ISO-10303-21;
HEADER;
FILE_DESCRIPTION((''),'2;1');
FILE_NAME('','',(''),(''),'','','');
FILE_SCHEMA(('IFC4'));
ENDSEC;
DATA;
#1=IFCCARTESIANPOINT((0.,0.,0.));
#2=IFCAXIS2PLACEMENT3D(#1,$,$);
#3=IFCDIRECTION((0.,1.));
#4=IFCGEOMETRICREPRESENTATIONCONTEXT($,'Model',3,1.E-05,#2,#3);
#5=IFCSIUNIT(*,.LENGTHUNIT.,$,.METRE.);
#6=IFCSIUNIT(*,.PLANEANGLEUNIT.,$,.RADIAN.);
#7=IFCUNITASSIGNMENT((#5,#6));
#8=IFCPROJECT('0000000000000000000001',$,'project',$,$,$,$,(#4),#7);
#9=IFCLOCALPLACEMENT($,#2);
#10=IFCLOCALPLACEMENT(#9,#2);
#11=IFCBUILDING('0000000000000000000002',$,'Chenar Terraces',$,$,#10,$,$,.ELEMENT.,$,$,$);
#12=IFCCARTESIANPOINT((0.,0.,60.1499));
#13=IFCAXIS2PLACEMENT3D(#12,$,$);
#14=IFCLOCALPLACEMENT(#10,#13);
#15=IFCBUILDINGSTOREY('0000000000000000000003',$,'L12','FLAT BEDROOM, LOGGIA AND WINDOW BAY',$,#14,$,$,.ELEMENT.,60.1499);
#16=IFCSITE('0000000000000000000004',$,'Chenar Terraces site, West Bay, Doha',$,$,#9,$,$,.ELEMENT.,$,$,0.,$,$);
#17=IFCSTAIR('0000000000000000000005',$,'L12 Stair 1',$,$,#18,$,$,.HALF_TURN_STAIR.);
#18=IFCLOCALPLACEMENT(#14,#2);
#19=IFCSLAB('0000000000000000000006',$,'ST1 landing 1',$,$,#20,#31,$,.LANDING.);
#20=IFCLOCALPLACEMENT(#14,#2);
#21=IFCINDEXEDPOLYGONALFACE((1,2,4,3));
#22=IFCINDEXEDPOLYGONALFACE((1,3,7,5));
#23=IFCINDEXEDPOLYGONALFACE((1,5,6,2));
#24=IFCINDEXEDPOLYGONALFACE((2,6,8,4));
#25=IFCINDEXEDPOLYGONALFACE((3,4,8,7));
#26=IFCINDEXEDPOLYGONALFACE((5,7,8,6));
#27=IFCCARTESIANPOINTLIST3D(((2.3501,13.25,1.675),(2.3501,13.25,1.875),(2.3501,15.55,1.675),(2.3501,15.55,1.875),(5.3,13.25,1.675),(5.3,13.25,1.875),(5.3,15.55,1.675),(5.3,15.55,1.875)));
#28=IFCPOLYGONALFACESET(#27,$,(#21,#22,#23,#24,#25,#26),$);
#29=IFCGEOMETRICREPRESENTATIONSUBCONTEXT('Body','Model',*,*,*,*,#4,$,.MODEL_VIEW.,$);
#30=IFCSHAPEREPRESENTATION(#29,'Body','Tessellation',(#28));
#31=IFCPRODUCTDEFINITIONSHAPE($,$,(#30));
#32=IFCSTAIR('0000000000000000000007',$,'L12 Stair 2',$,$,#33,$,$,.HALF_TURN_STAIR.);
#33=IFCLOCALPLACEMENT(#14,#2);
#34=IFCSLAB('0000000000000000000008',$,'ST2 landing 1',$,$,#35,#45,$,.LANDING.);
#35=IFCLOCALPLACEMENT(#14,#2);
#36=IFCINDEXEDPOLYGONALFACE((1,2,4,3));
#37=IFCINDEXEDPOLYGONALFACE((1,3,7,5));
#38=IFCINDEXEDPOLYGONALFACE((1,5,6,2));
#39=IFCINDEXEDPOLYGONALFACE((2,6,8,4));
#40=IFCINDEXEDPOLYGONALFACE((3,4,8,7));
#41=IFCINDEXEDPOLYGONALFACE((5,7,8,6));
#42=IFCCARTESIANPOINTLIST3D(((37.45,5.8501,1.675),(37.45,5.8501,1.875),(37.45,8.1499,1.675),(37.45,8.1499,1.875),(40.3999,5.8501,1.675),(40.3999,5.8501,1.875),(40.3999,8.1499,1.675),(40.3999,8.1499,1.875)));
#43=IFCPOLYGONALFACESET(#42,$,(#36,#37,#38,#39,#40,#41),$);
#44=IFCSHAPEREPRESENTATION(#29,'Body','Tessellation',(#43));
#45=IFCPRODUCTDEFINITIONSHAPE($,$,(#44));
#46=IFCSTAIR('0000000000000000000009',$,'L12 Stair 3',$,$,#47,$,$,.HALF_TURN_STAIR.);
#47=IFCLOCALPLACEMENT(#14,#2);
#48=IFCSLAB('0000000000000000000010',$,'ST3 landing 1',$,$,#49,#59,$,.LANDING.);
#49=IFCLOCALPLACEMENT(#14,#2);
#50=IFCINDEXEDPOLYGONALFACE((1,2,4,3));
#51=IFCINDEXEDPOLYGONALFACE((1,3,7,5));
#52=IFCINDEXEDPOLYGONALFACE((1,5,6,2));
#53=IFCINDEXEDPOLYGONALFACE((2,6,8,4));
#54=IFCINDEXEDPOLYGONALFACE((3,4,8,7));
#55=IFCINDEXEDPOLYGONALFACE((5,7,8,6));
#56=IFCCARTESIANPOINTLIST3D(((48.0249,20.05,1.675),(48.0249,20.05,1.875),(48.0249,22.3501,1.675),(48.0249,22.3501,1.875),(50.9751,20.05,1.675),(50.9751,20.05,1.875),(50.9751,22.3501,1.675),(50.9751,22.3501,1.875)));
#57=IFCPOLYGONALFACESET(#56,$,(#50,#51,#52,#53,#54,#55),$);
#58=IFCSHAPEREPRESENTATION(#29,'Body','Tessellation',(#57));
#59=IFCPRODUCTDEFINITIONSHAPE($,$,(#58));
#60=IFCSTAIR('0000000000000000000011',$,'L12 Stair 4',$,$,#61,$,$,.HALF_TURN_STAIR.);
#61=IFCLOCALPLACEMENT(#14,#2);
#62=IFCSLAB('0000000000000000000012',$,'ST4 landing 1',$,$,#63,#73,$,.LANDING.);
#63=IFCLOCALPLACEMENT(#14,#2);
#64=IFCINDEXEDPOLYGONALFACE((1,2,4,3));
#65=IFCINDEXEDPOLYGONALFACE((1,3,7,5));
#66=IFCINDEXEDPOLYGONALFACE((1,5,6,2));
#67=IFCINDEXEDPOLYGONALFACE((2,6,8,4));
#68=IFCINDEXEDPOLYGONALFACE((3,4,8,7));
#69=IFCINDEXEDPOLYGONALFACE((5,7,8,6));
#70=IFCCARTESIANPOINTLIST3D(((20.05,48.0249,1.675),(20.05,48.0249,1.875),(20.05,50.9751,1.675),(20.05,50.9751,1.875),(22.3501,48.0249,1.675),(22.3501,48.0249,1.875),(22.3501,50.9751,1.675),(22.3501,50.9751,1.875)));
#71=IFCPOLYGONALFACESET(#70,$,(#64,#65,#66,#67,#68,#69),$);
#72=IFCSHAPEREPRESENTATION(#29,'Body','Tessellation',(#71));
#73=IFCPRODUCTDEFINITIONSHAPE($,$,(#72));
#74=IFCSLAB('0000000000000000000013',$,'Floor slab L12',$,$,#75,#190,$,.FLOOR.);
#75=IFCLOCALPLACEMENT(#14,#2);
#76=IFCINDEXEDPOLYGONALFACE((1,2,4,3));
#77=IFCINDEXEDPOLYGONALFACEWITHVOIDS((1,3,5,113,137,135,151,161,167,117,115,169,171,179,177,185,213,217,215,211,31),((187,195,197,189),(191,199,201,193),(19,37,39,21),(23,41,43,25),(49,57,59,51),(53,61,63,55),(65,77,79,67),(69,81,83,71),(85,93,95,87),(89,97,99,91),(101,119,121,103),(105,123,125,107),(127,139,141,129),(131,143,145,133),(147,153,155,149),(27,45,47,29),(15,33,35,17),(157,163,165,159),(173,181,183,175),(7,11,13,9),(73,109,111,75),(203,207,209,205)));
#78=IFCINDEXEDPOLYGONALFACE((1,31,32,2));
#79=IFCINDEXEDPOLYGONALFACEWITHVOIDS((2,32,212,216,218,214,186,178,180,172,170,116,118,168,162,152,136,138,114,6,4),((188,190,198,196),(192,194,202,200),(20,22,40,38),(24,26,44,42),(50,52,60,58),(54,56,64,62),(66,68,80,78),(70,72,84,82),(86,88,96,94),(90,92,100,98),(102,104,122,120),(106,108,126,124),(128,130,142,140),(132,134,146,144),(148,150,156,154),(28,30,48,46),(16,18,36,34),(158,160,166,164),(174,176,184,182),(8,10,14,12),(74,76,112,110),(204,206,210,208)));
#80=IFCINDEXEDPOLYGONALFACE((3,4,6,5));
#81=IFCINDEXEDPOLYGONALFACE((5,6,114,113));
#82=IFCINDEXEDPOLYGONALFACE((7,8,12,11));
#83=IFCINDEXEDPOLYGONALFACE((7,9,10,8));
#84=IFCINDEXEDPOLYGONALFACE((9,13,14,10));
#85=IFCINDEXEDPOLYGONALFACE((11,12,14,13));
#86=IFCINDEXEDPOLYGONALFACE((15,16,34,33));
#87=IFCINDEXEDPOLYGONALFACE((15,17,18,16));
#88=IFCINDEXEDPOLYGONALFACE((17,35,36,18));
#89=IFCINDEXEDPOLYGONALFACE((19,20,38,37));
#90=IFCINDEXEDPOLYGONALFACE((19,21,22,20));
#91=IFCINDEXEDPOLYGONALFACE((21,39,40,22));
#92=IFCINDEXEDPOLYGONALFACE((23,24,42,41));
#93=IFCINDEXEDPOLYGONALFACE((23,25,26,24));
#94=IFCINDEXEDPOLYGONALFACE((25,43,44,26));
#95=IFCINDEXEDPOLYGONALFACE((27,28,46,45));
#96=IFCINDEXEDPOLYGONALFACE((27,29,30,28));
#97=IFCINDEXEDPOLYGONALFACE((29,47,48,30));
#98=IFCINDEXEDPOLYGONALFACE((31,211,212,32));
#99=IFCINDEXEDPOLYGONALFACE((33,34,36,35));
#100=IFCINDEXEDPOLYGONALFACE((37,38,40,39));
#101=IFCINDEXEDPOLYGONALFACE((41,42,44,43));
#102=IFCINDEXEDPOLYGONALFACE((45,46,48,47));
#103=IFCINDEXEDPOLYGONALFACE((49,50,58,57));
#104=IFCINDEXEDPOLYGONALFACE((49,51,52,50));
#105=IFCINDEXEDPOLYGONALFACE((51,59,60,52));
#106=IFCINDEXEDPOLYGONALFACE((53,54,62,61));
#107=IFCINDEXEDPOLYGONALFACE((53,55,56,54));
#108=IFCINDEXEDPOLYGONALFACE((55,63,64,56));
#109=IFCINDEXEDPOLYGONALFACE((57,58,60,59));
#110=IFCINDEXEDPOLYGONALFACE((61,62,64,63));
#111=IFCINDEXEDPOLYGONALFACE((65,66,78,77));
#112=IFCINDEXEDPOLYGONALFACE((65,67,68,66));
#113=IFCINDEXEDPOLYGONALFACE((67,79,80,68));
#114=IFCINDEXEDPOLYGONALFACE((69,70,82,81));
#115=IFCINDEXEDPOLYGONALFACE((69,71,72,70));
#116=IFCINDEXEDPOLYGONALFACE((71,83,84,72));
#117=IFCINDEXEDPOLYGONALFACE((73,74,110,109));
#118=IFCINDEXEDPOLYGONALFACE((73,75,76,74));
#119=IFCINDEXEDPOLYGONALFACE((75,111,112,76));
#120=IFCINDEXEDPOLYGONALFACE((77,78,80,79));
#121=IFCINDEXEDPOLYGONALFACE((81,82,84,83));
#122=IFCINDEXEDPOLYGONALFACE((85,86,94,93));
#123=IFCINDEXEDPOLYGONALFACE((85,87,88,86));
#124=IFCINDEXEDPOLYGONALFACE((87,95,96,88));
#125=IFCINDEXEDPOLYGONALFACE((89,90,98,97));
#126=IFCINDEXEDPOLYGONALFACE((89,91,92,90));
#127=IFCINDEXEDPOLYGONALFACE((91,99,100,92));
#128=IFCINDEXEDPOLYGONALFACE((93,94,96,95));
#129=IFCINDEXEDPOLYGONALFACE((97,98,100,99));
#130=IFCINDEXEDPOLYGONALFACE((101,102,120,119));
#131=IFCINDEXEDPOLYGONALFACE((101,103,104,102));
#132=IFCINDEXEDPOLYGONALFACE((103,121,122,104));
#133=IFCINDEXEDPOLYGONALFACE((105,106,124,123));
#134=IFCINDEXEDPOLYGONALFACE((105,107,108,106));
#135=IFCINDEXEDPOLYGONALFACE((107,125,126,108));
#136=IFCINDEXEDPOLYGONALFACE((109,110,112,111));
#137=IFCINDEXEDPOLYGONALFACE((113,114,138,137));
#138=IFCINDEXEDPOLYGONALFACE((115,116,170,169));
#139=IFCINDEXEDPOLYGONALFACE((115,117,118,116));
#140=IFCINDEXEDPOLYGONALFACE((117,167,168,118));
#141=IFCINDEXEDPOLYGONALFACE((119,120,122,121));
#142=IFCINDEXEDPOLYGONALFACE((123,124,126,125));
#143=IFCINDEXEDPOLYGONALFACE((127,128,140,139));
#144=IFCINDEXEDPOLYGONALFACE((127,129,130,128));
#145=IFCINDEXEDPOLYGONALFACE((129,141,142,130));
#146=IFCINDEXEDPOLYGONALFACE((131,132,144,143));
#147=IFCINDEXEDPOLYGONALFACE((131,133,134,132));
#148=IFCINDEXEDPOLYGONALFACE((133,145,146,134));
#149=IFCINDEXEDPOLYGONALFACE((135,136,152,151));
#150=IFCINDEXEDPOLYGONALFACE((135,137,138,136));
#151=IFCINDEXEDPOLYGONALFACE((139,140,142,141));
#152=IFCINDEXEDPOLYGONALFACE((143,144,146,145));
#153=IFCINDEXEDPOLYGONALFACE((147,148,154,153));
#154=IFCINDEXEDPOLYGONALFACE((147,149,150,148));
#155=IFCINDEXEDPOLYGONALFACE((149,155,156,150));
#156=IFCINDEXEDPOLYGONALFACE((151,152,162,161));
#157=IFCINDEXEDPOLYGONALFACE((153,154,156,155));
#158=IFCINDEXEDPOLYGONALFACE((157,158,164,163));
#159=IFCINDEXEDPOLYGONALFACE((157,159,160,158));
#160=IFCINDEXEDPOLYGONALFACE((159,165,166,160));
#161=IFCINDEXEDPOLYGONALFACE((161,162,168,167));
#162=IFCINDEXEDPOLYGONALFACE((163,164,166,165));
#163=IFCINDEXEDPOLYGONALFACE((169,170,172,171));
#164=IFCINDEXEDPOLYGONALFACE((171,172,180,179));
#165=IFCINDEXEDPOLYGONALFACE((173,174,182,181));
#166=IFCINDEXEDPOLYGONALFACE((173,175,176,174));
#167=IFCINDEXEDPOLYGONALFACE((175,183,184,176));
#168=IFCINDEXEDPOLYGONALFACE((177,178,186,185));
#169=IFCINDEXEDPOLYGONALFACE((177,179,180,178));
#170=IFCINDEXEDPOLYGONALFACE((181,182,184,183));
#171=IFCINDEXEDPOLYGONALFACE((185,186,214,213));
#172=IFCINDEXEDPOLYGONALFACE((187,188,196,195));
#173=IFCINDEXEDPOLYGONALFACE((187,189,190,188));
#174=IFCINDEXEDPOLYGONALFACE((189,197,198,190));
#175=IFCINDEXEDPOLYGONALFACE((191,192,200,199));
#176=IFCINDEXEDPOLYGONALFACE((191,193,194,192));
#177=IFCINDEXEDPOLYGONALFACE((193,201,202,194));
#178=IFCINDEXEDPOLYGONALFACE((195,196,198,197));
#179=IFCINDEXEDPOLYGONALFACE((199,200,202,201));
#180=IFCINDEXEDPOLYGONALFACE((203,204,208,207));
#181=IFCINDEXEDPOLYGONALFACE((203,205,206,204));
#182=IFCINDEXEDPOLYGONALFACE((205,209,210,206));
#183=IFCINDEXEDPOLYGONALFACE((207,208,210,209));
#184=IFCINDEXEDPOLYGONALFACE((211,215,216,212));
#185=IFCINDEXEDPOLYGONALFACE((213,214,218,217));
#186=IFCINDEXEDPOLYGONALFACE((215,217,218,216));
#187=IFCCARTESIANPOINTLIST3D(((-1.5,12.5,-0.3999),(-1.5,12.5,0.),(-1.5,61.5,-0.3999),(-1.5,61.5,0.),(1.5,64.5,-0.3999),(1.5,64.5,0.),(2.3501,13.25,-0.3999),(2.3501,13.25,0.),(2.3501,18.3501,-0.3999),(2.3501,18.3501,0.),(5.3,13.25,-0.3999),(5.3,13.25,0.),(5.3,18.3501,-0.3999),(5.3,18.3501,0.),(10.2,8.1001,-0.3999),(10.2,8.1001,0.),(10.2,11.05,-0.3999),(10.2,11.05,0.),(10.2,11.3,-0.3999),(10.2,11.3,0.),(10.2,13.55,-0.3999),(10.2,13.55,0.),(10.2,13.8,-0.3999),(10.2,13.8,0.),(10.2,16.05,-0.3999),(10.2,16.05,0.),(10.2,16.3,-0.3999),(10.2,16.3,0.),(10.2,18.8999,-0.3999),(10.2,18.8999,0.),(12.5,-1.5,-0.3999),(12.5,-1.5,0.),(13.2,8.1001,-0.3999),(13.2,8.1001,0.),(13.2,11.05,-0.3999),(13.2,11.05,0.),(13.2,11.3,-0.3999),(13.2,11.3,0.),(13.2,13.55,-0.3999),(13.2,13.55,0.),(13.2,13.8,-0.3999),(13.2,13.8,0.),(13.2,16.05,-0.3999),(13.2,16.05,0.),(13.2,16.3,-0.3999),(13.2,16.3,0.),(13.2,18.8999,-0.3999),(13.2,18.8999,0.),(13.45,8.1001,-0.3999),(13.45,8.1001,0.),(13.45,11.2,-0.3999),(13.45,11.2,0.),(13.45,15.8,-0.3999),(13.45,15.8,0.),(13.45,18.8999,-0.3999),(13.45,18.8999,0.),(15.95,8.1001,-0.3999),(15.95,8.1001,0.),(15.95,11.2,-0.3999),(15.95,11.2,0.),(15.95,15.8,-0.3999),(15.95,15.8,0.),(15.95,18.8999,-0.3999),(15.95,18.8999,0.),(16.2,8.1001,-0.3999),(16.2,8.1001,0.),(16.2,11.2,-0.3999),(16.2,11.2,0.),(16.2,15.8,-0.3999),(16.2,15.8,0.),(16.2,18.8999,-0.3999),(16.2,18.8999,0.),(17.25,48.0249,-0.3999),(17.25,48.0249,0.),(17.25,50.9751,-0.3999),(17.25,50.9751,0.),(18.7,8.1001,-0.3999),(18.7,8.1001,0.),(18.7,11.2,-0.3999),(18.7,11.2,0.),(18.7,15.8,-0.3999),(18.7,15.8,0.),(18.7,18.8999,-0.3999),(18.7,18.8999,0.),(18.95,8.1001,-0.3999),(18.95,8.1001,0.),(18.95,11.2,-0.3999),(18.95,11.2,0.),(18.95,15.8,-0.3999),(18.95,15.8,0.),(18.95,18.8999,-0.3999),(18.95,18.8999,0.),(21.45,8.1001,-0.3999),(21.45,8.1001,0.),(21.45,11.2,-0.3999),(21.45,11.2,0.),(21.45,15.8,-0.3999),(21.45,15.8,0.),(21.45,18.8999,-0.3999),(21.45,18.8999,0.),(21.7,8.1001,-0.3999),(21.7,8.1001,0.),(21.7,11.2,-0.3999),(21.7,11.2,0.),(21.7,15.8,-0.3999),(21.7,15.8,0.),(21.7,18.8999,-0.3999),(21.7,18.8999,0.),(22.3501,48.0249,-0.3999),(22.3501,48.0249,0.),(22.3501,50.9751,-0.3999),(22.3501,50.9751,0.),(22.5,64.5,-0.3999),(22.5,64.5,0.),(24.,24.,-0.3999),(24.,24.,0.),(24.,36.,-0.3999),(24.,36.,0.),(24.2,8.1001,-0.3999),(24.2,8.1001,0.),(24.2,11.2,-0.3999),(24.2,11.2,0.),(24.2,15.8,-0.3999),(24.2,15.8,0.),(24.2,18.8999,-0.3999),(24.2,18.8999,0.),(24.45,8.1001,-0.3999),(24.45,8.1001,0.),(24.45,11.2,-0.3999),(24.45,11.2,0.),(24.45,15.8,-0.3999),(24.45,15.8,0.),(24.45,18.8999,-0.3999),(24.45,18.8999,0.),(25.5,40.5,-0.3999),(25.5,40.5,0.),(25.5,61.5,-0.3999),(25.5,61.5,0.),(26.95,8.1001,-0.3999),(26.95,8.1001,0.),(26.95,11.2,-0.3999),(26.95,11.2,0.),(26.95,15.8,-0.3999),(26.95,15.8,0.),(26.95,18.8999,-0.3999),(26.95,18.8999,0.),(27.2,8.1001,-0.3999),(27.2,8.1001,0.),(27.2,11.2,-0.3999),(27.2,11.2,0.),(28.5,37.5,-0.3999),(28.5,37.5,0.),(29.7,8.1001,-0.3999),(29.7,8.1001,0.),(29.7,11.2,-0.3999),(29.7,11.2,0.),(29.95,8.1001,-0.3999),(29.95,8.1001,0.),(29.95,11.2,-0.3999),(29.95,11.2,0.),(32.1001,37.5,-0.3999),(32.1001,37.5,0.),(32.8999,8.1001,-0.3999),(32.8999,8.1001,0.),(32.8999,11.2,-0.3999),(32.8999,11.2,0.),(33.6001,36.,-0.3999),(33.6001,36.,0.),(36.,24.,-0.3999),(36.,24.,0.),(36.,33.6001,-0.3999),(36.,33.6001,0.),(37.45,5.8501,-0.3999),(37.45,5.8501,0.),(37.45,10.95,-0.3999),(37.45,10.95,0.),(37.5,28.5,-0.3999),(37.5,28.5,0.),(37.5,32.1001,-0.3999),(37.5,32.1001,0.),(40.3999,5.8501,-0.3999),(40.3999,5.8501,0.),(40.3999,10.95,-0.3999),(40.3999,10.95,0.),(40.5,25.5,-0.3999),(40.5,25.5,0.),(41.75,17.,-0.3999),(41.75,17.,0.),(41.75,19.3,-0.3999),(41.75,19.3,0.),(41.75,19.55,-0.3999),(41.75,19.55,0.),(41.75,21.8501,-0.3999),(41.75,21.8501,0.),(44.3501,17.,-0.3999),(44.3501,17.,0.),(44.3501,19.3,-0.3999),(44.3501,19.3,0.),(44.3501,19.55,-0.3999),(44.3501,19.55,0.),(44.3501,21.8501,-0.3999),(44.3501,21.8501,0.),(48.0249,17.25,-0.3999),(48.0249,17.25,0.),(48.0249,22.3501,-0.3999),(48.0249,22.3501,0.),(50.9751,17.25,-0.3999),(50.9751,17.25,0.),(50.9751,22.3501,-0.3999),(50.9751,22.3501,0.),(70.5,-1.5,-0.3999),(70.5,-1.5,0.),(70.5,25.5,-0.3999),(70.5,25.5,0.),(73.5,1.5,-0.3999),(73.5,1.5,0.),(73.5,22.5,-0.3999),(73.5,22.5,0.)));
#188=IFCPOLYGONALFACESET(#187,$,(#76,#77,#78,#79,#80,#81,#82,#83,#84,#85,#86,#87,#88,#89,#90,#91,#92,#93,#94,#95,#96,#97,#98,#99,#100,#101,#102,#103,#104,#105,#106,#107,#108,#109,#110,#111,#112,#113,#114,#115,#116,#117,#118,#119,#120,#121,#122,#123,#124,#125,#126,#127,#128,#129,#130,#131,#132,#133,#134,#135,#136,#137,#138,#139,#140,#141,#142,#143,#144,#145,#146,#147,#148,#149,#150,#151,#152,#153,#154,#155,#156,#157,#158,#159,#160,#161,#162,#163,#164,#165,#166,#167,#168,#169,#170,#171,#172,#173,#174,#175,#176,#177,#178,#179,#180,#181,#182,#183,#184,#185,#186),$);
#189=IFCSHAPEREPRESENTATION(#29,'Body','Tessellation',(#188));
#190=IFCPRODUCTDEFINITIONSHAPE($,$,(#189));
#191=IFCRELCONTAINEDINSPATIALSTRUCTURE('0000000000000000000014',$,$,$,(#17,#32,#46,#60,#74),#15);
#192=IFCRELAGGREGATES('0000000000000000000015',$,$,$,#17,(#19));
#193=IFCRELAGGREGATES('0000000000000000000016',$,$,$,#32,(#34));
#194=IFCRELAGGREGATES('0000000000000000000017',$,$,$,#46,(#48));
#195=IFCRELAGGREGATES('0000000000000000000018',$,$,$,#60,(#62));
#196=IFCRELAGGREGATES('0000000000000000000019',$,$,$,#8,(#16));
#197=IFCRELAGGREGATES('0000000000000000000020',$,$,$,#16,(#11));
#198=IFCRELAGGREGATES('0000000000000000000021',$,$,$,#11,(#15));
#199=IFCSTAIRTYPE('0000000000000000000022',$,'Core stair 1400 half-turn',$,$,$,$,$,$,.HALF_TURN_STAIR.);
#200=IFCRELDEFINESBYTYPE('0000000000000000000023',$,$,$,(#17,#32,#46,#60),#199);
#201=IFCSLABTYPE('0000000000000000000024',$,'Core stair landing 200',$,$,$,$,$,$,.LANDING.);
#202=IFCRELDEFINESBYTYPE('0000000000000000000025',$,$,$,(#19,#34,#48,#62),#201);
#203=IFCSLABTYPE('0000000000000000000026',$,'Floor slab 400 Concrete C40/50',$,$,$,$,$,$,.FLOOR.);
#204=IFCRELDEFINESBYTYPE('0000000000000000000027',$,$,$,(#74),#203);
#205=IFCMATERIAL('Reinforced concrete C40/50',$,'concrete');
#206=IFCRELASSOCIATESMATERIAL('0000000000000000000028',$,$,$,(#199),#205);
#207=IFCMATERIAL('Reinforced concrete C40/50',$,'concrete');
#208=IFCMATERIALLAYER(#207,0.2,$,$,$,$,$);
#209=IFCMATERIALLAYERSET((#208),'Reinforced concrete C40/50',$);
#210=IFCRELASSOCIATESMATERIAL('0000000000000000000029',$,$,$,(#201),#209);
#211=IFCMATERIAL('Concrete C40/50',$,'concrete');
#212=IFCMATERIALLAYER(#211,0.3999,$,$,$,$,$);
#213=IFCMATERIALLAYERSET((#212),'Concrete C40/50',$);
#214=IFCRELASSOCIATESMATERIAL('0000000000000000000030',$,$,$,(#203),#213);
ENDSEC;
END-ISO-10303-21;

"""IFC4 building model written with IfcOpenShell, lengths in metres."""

from ifc_helpers import new_model, si_unit, direction, frame, origin, place, context, subcontext, project, spatial, polyline, outline, extrude, material, layer, layer_set, type_object, element, aggregate, save


model = new_model("IFC4")

# Units and contexts
model_context = context("Model", 3, precision=1e-05, world=origin(), true_north=direction((0.0, 1.0)))
body_context = subcontext(model_context, "Body", "Model", "MODEL_VIEW")
ifc_project = project(units=[si_unit("LENGTHUNIT", "METRE"), si_unit("PLANEANGLEUNIT", "RADIAN")], contexts=[model_context])

# Site, building, storey
site_placement = place(None, origin())
site = spatial("IfcSite", under=ifc_project, at=site_placement, Name="Chenar Terraces site, West Bay, Doha", CompositionType="ELEMENT", RefElevation=0.0)
building_placement = place(site_placement, origin())
building = spatial("IfcBuilding", under=site, at=building_placement, Name="Chenar Terraces", CompositionType="ELEMENT")
storey_placement = place(building_placement, frame((0.0, 0.0, 60.1499)))
storey = spatial("IfcBuildingStorey", under=building, at=storey_placement, Name="L12", Description="FLAT BEDROOM, LOGGIA AND WINDOW BAY", CompositionType="ELEMENT", Elevation=60.1499)

# Stairs, slabs
ifc_material_1 = material(Name="Reinforced concrete C40/50", Category="concrete")
stair_type = type_object("IfcStairType", Name="Core stair 1400 half-turn", PredefinedType="HALF_TURN_STAIR", material=ifc_material_1)
placement_1 = place(storey_placement, origin())
stair_1 = element("IfcStair", 1, at=placement_1, inside=storey, type_object=stair_type, Name="L12 Stair 1", PredefinedType="HALF_TURN_STAIR")
ifc_material_2 = material(Name="Reinforced concrete C40/50", Category="concrete")
ifc_layer_1 = layer(ifc_material_2, 0.2)
ifc_layer_set_1 = layer_set([ifc_layer_1], Name="Reinforced concrete C40/50")
slab_type_1 = type_object("IfcSlabType", Name="Core stair landing 200", PredefinedType="LANDING", material=ifc_layer_set_1)
placement_2 = place(storey_placement, frame((0.0, 0.0, 1.675)))
slab_1 = element("IfcSlab", 2, at=placement_2, type_object=slab_type_1, Name="ST1 landing 1", PredefinedType="LANDING", context=body_context, shape_type="SweptSolid", body=[
    extrude(outline(polyline([(2.3501, 15.55), (2.3501, 13.25), (5.3, 13.25), (5.3, 15.55), (2.3501, 15.55)])), origin(), (0.0, 0.0, 1.0), 0.2),
])
aggregate(stair_1, [slab_1])
stair_2 = element("IfcStair", 3, at=placement_1, inside=storey, type_object=stair_type, Name="L12 Stair 2", PredefinedType="HALF_TURN_STAIR")
slab_2 = element("IfcSlab", 4, at=placement_2, type_object=slab_type_1, Name="ST2 landing 1", PredefinedType="LANDING", context=body_context, shape_type="SweptSolid", body=[
    extrude(outline(polyline([(37.45, 8.1499), (37.45, 5.8501), (40.3999, 5.8501), (40.3999, 8.1499), (37.45, 8.1499)])), origin(), (0.0, 0.0, 1.0), 0.2),
])
aggregate(stair_2, [slab_2])
stair_3 = element("IfcStair", 5, at=placement_1, inside=storey, type_object=stair_type, Name="L12 Stair 3", PredefinedType="HALF_TURN_STAIR")
slab_3 = element("IfcSlab", 6, at=placement_2, type_object=slab_type_1, Name="ST3 landing 1", PredefinedType="LANDING", context=body_context, shape_type="SweptSolid", body=[
    extrude(outline(polyline([(50.9751, 20.05), (50.9751, 22.3501), (48.0249, 22.3501), (48.0249, 20.05), (50.9751, 20.05)])), origin(), (0.0, 0.0, 1.0), 0.2),
])
aggregate(stair_3, [slab_3])
stair_4 = element("IfcStair", 7, at=placement_1, inside=storey, type_object=stair_type, Name="L12 Stair 4", PredefinedType="HALF_TURN_STAIR")
slab_4 = element("IfcSlab", 8, at=placement_2, type_object=slab_type_1, Name="ST4 landing 1", PredefinedType="LANDING", context=body_context, shape_type="SweptSolid", body=[
    extrude(outline(polyline([(20.05, 48.0249), (22.3501, 48.0249), (22.3501, 50.9751), (20.05, 50.9751), (20.05, 48.0249)])), origin(), (0.0, 0.0, 1.0), 0.2),
])
aggregate(stair_4, [slab_4])

# Slab
ifc_material_3 = material(Name="Concrete C40/50", Category="concrete")
ifc_layer_2 = layer(ifc_material_3, 0.3999)
ifc_layer_set_2 = layer_set([ifc_layer_2], Name="Concrete C40/50")
slab_type_2 = type_object("IfcSlabType", Name="Floor slab 400 Concrete C40/50", PredefinedType="FLOOR", material=ifc_layer_set_2)
slab_5_placement = place(storey_placement, frame((0.0, 0.0, -0.3999)))
element("IfcSlab", 9, at=slab_5_placement, inside=storey, type_object=slab_type_2, Name="Floor slab L12", PredefinedType="FLOOR", context=body_context, shape_type="SweptSolid", body=[
    extrude(outline(polyline([(73.5, 22.5), (73.5, 1.5), (70.5, -1.5), (12.5, -1.5), (-1.5, 12.5), (-1.5, 61.5), (1.5, 64.5), (22.5, 64.5), (25.5, 61.5), (25.5, 40.5), (28.5, 37.5), (32.1001, 37.5), (33.6001, 36.0), (24.0, 36.0), (24.0, 24.0), (36.0, 24.0), (36.0, 33.6001), (37.5, 32.1001), (37.5, 28.5), (40.5, 25.5), (70.5, 25.5), (73.5, 22.5)]), holes=[polyline([(13.2, 11.05), (10.2, 11.05), (10.2, 8.1001), (13.2, 8.1001), (13.2, 11.05)]), polyline([(15.95, 11.2), (13.45, 11.2), (13.45, 8.1001), (15.95, 8.1001), (15.95, 11.2)]), polyline([(18.7, 11.2), (16.2, 11.2), (16.2, 8.1001), (18.7, 8.1001), (18.7, 11.2)]), polyline([(21.45, 8.1001), (21.45, 11.2), (18.95, 11.2), (18.95, 8.1001), (21.45, 8.1001)]), polyline([(13.2, 11.3), (13.2, 13.55), (10.2, 13.55), (10.2, 11.3), (13.2, 11.3)]), polyline([(13.2, 16.05), (10.2, 16.05), (10.2, 13.8), (13.2, 13.8), (13.2, 16.05)]), polyline([(2.3501, 18.3501), (2.3501, 13.25), (5.3, 13.25), (5.3, 18.3501), (2.3501, 18.3501)]), polyline([(15.95, 15.8), (15.95, 18.8999), (13.45, 18.8999), (13.45, 15.8), (15.95, 15.8)]), polyline([(18.7, 18.8999), (16.2, 18.8999), (16.2, 15.8), (18.7, 15.8), (18.7, 18.8999)]), polyline([(21.45, 15.8), (21.45, 18.8999), (18.95, 18.8999), (18.95, 15.8), (21.45, 15.8)]), polyline([(13.2, 16.3), (13.2, 18.8999), (10.2, 18.8999), (10.2, 16.3), (13.2, 16.3)]), polyline([(22.3501, 48.0249), (22.3501, 50.9751), (17.25, 50.9751), (17.25, 48.0249), (22.3501, 48.0249)]), polyline([(37.45, 10.95), (37.45, 5.8501), (40.3999, 5.8501), (40.3999, 10.95), (37.45, 10.95)]), polyline([(24.2, 8.1001), (24.2, 11.2), (21.7, 11.2), (21.7, 8.1001), (24.2, 8.1001)]), polyline([(26.95, 11.2), (24.45, 11.2), (24.45, 8.1001), (26.95, 8.1001), (26.95, 11.2)]), polyline([(29.7, 8.1001), (29.7, 11.2), (27.2, 11.2), (27.2, 8.1001), (29.7, 8.1001)]), polyline([(32.8999, 8.1001), (32.8999, 11.2), (29.95, 11.2), (29.95, 8.1001), (32.8999, 8.1001)]), polyline([(24.2, 18.8999), (21.7, 18.8999), (21.7, 15.8), (24.2, 15.8), (24.2, 18.8999)]), polyline([(26.95, 15.8), (26.95, 18.8999), (24.45, 18.8999), (24.45, 15.8), (26.95, 15.8)]), polyline([(44.3501, 17.0), (44.3501, 19.3), (41.75, 19.3), (41.75, 17.0), (44.3501, 17.0)]), polyline([(50.9751, 22.3501), (48.0249, 22.3501), (48.0249, 17.25), (50.9751, 17.25), (50.9751, 22.3501)]), polyline([(44.3501, 19.55), (44.3501, 21.8501), (41.75, 21.8501), (41.75, 19.55), (44.3501, 19.55)])]), origin(), (0.0, 0.0, 1.0), 0.3999),
])

save(model, "model.ifc")
